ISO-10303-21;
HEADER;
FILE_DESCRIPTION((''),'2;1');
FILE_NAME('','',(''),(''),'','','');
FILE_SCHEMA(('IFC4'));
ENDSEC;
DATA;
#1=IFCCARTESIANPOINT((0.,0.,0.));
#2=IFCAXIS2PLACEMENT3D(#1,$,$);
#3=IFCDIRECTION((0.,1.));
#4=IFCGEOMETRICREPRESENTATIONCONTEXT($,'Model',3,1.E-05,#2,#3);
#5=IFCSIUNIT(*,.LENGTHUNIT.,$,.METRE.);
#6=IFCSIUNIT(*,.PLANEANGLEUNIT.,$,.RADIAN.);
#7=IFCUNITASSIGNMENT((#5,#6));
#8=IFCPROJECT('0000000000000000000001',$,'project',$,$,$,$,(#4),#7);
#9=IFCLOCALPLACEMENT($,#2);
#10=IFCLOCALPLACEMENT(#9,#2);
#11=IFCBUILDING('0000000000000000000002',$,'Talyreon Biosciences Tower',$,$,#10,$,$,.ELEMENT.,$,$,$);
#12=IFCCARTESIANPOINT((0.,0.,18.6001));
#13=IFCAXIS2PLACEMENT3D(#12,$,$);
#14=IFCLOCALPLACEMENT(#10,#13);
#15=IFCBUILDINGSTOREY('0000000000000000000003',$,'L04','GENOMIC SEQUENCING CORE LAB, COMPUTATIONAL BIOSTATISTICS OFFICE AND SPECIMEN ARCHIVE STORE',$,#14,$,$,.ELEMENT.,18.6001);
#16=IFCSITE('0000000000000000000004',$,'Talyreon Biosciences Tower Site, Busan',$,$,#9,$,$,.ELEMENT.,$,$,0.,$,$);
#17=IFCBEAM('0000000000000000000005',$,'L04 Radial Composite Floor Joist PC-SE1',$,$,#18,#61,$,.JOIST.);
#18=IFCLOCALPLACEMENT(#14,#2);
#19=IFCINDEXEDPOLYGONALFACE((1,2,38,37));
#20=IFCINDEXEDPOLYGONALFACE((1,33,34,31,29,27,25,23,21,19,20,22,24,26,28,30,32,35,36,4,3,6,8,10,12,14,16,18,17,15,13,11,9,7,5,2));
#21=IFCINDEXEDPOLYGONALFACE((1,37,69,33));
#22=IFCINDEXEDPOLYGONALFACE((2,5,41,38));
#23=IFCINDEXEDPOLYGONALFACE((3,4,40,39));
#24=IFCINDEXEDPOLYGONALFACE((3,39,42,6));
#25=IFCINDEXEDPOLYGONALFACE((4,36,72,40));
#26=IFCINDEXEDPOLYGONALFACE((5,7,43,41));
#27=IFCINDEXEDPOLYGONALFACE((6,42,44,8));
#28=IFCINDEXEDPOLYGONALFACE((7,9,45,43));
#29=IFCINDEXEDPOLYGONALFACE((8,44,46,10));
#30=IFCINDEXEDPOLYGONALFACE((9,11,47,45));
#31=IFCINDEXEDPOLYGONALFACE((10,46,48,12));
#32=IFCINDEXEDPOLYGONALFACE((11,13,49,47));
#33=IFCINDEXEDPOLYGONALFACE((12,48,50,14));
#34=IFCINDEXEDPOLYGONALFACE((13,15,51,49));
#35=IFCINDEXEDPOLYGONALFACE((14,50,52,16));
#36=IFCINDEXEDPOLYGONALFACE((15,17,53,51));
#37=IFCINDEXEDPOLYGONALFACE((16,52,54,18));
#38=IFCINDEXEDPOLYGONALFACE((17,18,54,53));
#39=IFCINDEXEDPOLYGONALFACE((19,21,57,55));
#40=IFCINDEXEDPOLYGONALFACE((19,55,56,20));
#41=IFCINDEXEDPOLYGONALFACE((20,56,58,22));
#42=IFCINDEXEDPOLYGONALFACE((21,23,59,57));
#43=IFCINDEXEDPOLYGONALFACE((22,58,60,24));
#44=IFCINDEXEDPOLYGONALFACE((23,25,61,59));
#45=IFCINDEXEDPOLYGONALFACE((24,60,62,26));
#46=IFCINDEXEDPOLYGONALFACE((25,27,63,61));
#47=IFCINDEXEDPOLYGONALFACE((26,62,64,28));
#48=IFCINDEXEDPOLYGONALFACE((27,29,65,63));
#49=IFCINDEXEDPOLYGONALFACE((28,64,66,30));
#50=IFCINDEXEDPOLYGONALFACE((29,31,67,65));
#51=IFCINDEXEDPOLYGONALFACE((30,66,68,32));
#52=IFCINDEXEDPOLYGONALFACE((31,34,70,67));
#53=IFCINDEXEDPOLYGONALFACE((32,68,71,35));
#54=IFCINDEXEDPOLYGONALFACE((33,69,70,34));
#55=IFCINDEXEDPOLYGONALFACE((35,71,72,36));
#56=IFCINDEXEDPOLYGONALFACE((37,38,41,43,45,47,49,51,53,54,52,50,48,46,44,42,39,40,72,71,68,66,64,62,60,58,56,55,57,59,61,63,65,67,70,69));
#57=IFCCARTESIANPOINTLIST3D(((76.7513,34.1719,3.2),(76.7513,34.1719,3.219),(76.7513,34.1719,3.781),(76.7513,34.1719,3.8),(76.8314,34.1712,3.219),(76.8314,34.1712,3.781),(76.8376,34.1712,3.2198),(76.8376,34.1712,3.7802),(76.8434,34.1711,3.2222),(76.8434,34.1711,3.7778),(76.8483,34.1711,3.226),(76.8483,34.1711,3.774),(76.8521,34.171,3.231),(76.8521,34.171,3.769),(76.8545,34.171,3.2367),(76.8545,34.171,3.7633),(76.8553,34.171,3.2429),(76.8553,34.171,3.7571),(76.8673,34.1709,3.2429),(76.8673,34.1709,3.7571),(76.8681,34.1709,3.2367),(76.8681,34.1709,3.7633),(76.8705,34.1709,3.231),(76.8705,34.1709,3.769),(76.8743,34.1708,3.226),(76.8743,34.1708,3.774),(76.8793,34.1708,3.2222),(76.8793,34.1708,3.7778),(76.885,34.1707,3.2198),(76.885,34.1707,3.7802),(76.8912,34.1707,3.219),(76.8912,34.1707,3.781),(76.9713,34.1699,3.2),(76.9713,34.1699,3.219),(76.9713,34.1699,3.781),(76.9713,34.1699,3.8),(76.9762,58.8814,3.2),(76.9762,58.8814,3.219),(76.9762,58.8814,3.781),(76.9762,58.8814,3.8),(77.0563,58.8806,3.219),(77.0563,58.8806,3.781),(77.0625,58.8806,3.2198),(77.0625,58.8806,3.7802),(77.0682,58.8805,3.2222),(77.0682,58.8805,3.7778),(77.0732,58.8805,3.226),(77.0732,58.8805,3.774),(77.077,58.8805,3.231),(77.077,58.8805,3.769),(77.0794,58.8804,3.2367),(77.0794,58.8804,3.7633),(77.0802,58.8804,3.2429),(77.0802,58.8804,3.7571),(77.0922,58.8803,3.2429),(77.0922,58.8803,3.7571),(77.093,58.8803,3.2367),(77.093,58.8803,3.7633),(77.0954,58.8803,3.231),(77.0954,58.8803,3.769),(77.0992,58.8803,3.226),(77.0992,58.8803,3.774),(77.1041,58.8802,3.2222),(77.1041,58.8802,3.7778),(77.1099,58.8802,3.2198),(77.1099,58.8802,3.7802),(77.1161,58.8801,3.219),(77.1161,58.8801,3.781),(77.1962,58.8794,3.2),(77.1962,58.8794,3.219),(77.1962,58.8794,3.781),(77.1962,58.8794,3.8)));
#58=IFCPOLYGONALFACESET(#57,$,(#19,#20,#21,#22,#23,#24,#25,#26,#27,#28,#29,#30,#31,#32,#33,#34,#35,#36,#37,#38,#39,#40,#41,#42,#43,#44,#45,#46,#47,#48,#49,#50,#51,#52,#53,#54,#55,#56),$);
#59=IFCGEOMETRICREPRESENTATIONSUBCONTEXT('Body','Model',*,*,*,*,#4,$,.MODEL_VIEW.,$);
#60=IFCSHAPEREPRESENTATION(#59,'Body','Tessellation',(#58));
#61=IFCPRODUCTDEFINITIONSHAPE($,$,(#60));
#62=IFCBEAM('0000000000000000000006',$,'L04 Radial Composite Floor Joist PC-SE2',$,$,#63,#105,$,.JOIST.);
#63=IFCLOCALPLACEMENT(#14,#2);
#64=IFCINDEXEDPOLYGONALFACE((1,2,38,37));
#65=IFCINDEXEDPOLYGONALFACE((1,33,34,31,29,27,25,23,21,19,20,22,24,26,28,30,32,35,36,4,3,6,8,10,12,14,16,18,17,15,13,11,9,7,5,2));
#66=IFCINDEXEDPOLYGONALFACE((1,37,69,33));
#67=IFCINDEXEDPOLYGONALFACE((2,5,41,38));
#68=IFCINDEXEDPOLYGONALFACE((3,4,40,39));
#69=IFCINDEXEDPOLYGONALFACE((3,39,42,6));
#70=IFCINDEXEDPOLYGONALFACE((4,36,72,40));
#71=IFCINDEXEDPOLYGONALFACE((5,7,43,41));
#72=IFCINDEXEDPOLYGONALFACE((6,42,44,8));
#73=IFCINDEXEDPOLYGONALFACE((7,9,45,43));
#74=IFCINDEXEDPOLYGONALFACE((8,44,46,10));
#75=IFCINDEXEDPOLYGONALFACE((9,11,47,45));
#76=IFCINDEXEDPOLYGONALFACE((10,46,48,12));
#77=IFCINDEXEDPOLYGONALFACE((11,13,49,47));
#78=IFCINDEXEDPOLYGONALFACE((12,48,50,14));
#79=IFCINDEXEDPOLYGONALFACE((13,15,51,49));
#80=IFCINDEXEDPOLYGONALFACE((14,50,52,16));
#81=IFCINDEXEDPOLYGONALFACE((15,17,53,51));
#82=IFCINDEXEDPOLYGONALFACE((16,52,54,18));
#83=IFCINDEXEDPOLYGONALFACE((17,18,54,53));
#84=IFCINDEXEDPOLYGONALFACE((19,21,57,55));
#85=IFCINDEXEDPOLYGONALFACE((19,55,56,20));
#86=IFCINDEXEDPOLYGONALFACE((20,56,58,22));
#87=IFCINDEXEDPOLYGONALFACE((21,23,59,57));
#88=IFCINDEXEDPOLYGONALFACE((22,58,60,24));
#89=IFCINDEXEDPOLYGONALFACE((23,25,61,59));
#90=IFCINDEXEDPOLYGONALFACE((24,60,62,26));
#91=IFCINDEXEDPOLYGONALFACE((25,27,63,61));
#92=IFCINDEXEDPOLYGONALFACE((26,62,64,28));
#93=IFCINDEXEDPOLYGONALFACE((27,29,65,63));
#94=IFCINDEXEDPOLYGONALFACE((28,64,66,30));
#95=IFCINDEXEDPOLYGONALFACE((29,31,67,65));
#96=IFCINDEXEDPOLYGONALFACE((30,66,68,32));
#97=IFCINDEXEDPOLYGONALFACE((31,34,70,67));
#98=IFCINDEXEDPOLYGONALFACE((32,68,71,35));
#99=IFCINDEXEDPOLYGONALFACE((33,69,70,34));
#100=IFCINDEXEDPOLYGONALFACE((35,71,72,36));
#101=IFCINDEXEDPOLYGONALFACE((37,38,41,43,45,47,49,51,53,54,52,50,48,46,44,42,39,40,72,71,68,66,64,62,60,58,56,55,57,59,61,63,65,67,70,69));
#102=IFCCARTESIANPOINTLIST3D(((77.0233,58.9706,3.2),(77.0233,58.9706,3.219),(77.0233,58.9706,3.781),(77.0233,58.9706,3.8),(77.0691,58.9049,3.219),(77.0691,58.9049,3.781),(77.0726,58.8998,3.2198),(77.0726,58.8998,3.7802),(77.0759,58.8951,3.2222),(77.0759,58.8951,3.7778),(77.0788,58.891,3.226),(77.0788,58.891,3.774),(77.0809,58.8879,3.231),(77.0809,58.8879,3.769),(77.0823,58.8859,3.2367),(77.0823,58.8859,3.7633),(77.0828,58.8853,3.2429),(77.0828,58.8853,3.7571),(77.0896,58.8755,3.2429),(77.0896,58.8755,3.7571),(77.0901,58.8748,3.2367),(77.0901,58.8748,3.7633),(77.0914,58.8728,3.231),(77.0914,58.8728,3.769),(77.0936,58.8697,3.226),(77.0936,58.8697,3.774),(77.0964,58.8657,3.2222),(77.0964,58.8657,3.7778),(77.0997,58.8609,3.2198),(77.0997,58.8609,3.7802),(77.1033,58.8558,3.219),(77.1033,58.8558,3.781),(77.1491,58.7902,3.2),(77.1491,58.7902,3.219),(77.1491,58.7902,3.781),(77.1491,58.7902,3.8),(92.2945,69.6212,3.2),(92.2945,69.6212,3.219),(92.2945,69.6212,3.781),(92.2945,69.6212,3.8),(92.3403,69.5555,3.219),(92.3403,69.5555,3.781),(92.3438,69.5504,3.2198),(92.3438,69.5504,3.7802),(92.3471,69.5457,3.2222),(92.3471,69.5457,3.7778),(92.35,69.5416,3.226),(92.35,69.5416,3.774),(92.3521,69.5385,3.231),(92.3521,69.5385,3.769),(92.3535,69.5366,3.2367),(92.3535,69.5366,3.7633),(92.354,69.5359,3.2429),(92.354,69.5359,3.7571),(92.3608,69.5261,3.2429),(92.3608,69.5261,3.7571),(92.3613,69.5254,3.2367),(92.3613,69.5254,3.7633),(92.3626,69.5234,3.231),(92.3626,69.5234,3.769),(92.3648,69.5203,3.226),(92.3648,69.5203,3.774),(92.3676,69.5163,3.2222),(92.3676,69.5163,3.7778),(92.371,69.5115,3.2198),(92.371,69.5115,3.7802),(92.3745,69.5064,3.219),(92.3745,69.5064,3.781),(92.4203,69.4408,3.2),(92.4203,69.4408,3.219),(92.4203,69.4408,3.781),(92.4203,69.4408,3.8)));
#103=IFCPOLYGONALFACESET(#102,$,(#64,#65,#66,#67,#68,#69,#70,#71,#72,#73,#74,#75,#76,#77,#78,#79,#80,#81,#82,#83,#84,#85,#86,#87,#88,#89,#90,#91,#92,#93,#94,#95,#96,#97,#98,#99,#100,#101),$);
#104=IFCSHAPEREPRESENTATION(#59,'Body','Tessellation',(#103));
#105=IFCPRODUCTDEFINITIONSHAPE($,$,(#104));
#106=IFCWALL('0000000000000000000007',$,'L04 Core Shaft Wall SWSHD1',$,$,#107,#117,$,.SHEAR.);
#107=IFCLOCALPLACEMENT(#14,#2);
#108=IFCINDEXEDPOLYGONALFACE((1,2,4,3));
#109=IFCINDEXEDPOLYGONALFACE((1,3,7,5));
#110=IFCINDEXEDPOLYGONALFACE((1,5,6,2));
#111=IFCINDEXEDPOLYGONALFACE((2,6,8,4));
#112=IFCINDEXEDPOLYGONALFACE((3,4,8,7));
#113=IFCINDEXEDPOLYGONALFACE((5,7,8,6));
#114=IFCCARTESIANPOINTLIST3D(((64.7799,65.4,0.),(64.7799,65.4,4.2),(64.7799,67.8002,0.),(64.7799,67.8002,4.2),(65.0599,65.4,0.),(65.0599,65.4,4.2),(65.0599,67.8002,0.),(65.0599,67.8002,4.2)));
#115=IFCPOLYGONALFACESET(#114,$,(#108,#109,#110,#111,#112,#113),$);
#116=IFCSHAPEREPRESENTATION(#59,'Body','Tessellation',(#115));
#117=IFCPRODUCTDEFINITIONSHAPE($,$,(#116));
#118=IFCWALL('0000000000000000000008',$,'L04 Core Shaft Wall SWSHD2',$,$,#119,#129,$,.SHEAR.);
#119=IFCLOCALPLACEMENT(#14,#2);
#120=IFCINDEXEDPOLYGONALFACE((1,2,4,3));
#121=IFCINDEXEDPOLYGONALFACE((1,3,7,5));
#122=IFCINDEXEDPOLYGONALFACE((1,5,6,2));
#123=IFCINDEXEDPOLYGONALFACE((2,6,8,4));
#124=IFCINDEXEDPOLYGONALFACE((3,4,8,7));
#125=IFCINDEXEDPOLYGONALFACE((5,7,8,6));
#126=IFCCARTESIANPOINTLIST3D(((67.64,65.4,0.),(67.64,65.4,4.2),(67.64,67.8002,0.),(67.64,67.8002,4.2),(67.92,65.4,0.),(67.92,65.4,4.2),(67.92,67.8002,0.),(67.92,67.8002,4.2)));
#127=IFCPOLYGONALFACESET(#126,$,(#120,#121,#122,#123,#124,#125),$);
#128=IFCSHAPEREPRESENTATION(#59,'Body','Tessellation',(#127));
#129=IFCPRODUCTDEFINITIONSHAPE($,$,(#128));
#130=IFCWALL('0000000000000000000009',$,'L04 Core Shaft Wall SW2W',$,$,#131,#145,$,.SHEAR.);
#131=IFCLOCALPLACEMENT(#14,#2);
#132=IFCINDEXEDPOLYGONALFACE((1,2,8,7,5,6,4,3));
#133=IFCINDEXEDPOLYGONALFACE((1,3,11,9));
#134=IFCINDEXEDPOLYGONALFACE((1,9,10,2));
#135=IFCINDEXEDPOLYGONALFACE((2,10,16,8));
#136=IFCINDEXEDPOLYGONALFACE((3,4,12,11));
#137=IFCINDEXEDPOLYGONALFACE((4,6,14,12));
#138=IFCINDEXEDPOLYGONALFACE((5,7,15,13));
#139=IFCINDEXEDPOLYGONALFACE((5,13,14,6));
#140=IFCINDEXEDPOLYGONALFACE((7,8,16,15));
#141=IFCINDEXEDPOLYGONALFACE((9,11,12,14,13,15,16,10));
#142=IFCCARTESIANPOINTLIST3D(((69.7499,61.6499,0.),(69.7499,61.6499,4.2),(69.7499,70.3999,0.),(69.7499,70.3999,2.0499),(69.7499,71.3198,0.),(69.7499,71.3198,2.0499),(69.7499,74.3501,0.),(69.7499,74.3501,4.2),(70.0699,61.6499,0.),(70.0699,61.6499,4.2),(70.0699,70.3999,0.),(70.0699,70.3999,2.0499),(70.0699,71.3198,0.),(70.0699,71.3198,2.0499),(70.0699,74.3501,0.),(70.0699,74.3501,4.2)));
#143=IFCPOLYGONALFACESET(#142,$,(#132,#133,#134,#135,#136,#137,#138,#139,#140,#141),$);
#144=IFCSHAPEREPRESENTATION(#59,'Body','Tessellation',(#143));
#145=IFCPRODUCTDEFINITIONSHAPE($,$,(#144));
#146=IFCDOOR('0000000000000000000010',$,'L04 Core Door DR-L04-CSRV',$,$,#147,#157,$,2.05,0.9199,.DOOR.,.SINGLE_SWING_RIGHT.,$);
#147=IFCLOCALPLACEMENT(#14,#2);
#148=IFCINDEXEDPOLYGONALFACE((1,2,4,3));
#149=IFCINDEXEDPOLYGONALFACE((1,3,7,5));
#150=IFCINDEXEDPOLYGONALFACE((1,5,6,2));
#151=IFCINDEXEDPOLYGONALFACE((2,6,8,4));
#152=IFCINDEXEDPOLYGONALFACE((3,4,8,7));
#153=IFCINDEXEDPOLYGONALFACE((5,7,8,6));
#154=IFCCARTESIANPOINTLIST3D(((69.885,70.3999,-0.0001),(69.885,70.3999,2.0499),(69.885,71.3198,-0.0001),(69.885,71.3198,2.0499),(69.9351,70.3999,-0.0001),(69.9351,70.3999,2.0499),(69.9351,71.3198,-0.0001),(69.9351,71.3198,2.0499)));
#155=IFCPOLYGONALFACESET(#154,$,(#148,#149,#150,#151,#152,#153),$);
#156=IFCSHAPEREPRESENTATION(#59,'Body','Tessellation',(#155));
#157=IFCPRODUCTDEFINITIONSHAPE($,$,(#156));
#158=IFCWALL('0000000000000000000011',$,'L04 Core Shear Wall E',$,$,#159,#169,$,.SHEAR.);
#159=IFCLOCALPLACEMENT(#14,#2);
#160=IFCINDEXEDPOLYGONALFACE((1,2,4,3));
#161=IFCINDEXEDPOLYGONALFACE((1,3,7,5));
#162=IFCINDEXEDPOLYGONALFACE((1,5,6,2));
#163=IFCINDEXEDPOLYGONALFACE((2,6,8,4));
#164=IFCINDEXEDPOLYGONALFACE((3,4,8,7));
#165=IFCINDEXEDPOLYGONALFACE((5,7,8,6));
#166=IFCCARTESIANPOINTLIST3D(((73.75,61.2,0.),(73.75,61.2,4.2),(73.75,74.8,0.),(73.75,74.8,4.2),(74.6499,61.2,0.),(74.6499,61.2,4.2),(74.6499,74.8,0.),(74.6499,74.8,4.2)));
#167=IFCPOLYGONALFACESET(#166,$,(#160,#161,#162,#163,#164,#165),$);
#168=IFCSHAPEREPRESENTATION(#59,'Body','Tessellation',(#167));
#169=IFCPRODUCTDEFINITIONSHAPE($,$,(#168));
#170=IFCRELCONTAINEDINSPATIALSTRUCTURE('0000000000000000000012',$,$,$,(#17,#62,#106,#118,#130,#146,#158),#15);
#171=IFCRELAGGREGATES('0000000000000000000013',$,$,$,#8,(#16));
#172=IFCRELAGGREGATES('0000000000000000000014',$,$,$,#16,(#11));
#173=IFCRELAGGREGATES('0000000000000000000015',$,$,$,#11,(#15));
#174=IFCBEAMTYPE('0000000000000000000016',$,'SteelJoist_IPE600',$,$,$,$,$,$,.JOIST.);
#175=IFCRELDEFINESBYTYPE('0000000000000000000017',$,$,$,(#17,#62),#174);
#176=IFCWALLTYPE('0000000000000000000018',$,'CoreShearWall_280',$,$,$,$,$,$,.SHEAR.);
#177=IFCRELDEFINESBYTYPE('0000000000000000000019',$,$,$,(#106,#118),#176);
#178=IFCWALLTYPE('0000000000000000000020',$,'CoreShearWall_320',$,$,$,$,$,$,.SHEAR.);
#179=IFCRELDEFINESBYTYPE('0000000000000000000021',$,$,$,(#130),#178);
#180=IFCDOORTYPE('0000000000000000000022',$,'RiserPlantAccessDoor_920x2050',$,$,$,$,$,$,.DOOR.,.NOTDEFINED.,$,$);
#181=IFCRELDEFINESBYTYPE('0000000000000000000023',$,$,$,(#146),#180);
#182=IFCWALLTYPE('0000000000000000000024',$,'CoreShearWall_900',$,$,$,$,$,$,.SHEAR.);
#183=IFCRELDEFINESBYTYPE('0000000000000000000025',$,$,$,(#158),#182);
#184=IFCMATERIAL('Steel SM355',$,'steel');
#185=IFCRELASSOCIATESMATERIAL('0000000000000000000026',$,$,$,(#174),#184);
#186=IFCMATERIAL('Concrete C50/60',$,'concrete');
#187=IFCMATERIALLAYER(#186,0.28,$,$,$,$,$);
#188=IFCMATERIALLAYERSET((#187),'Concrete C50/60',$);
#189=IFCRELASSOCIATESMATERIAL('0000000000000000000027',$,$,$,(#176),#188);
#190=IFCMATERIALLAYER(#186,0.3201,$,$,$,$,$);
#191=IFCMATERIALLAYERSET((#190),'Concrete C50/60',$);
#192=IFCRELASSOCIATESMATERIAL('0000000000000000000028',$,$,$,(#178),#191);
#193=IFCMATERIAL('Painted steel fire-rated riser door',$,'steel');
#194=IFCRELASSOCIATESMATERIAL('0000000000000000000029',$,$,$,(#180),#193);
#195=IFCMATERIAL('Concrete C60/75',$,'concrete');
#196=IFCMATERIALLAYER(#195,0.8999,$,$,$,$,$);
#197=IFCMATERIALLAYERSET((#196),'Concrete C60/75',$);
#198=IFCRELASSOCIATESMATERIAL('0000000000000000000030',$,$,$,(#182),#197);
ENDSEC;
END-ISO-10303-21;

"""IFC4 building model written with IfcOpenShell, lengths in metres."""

from ifc_helpers import new_model, si_unit, direction, frame, frame_2d, origin, origin_2d, place, context, subcontext, project, spatial, rectangle, i_section, extrude, material, layer, layer_set, material_profile, profile_set, type_object, element, fill, save


model = new_model("IFC4")

# Units and contexts
model_context = context("Model", 3, precision=1e-05, world=origin(), true_north=direction((0.0, 1.0)))
body_context = subcontext(model_context, "Body", "Model", "MODEL_VIEW")
ifc_project = project(units=[si_unit("LENGTHUNIT", "METRE"), si_unit("PLANEANGLEUNIT", "RADIAN")], contexts=[model_context])

# Site, building, storey
site_placement = place(None, origin())
site = spatial("IfcSite", under=ifc_project, at=site_placement, Name="Talyreon Biosciences Tower Site, Busan", CompositionType="ELEMENT", RefElevation=0.0)
building_placement = place(site_placement, origin())
building = spatial("IfcBuilding", under=site, at=building_placement, Name="Talyreon Biosciences Tower", CompositionType="ELEMENT")
storey_placement = place(building_placement, frame((0.0, 0.0, 18.6001)))
storey = spatial("IfcBuildingStorey", under=building, at=storey_placement, Name="L04", Description="GENOMIC SEQUENCING CORE LAB, COMPUTATIONAL BIOSTATISTICS OFFICE AND SPECIMEN ARCHIVE STORE", CompositionType="ELEMENT", Elevation=18.6001)

# Shared definitions
ifc_material_1 = material(Name="Concrete C60/75", Category="concrete")

# Beams
ifc_material_2 = material(Name="Concrete C50/60", Category="concrete")
ifc_material_3 = material(Name="Steel SM355", Category="steel")
ifc_material_profile_1 = material_profile(ifc_material_3, i_section(OverallWidth=0.22, OverallDepth=0.6001, WebThickness=0.012, FlangeThickness=0.019, FilletRadius=0.0239, at=origin_2d()), Name="IPE600")
ifc_profile_set_1 = profile_set([ifc_material_profile_1], Name="Steel SM355")
beam_type_1 = type_object("IfcBeamType", Name="SteelJoist_IPE600", PredefinedType="JOIST", material=ifc_profile_set_1)
beam_1_placement = place(storey_placement, frame((77.0862, 58.8804, 3.5), z_axis=(-0.0091, -0.999959, 0.0), x_axis=(0.999959, -0.0091, 0.0)))
element("IfcBeam", 1, at=beam_1_placement, inside=storey, type_object=beam_type_1, Name="L04 Radial Composite Floor Joist PC-SE1", PredefinedType="JOIST", context=body_context, shape_type="SweptSolid", body=[
    extrude(i_section(OverallWidth=0.22, OverallDepth=0.6001, WebThickness=0.012, FlangeThickness=0.019, FilletRadius=0.0239, at=origin_2d()), origin(), (0.0, 0.0, 1.0), 24.7104),
])
beam_2_placement = place(storey_placement, frame((77.0862, 58.8804, 3.5), z_axis=(0.820221, 0.572047, 0.0), x_axis=(-0.572047, 0.820221, 0.0)))
element("IfcBeam", 2, at=beam_2_placement, inside=storey, type_object=beam_type_1, Name="L04 Radial Composite Floor Joist PC-SE2", PredefinedType="JOIST", context=body_context, shape_type="SweptSolid", body=[
    extrude(i_section(OverallWidth=0.22, OverallDepth=0.6001, WebThickness=0.012, FlangeThickness=0.019, FilletRadius=0.0239, at=origin_2d()), origin(), (0.0, 0.0, 1.0), 18.6184),
])

# Walls
ifc_layer_1 = layer(ifc_material_2, 0.28)
ifc_layer_set_1 = layer_set([ifc_layer_1], Name="Concrete C50/60")
wall_type_1 = type_object("IfcWallType", Name="CoreShearWall_280", PredefinedType="SHEAR", material=ifc_layer_set_1)
for number, where, z_axis, x_axis, name in (
    (3, (64.9199, 65.3999, 0.0), (0.0, 0.0, 1.0), (0.0, 1.0, 0.0), "L04 Core Shaft Wall SWSHD1"),
    (4, (67.78, 65.3999, 0.0), (0.0, 0.0, 1.0), (0.0, 1.0, 0.0), "L04 Core Shaft Wall SWSHD2"),
):
    element("IfcWall", number, at=place(storey_placement, frame(where, z_axis=z_axis, x_axis=x_axis)), inside=storey, type_object=wall_type_1, Name=name, PredefinedType="SHEAR", context=body_context, shape_type="SweptSolid", body=[
        extrude(rectangle(XDim=2.4001, YDim=0.28, at=frame_2d((1.2002, 0.0))), origin(), (0.0, 0.0, 1.0), 4.2),
    ])

# Wall, opening, door
ifc_layer_2 = layer(ifc_material_2, 0.3201)
ifc_layer_set_2 = layer_set([ifc_layer_2], Name="Concrete C50/60")
wall_type_2 = type_object("IfcWallType", Name="CoreShearWall_320", PredefinedType="SHEAR", material=ifc_layer_set_2)
wall_1_placement = place(storey_placement, frame((69.9099, 61.6499, 0.0), z_axis=(0.0, 0.0, 1.0), x_axis=(0.0, 1.0, 0.0)))
wall_1 = element("IfcWall", 5, at=wall_1_placement, inside=storey, type_object=wall_type_2, Name="L04 Core Shaft Wall SW2W", PredefinedType="SHEAR", context=body_context, shape_type="SweptSolid", body=[
    extrude(rectangle(XDim=12.7002, YDim=0.3201, at=frame_2d((6.3501, 0.0))), origin(), (0.0, 0.0, 1.0), 4.2),
])
opening_1_placement = place(wall_1_placement, frame((8.75, 0.0, 0.0)))
opening_1 = element("IfcOpeningElement", 6, at=opening_1_placement, cuts=wall_1, PredefinedType="OPENING", context=body_context, shape_type="SweptSolid", body=[
    extrude(rectangle(XDim=0.9199, YDim=2.05, at=frame_2d((0.46, 1.0249))), frame((0.0, 0.1699, 0.0), z_axis=(0.0, -1.0, 0.0), x_axis=(1.0, 0.0, 0.0)), (0.0, 0.0, 1.0), 0.3401),
])
ifc_material_4 = material(Name="Painted steel fire-rated riser door", Category="steel")
door_type_1 = type_object("IfcDoorType", Name="RiserPlantAccessDoor_920x2050", OperationType="NOTDEFINED", PredefinedType="DOOR", material=ifc_material_4)
door_1_placement = place(opening_1_placement, origin())
door_1 = element("IfcDoor", 7, at=door_1_placement, inside=storey, type_object=door_type_1, Name="L04 Core Door DR-L04-CSRV", OperationType="SINGLE_SWING_RIGHT", OverallHeight=2.05, OverallWidth=0.9199, PredefinedType="DOOR", context=body_context, shape_type="SweptSolid", body=[
    extrude(rectangle(XDim=0.9199, YDim=2.05, at=frame_2d((0.46, 1.0249))), frame((0.0, 0.0249, 0.0), z_axis=(0.0, -1.0, 0.0), x_axis=(1.0, 0.0, 0.0)), (0.0, 0.0, 1.0), 0.05),
])
fill(opening_1, door_1)

# Wall
ifc_layer_3 = layer(ifc_material_1, 0.8999)
ifc_layer_set_3 = layer_set([ifc_layer_3], Name="Concrete C60/75")
wall_type_3 = type_object("IfcWallType", Name="CoreShearWall_900", PredefinedType="SHEAR", material=ifc_layer_set_3)
wall_2_placement = place(storey_placement, frame((74.2, 61.2, 0.0), z_axis=(0.0, 0.0, 1.0), x_axis=(0.0, 1.0, 0.0)))
element("IfcWall", 8, at=wall_2_placement, inside=storey, type_object=wall_type_3, Name="L04 Core Shear Wall E", PredefinedType="SHEAR", context=body_context, shape_type="SweptSolid", body=[
    extrude(rectangle(XDim=13.6001, YDim=0.8999, at=frame_2d((6.8, 0.0))), origin(), (0.0, 0.0, 1.0), 4.2),
])

save(model, "model.ifc")
